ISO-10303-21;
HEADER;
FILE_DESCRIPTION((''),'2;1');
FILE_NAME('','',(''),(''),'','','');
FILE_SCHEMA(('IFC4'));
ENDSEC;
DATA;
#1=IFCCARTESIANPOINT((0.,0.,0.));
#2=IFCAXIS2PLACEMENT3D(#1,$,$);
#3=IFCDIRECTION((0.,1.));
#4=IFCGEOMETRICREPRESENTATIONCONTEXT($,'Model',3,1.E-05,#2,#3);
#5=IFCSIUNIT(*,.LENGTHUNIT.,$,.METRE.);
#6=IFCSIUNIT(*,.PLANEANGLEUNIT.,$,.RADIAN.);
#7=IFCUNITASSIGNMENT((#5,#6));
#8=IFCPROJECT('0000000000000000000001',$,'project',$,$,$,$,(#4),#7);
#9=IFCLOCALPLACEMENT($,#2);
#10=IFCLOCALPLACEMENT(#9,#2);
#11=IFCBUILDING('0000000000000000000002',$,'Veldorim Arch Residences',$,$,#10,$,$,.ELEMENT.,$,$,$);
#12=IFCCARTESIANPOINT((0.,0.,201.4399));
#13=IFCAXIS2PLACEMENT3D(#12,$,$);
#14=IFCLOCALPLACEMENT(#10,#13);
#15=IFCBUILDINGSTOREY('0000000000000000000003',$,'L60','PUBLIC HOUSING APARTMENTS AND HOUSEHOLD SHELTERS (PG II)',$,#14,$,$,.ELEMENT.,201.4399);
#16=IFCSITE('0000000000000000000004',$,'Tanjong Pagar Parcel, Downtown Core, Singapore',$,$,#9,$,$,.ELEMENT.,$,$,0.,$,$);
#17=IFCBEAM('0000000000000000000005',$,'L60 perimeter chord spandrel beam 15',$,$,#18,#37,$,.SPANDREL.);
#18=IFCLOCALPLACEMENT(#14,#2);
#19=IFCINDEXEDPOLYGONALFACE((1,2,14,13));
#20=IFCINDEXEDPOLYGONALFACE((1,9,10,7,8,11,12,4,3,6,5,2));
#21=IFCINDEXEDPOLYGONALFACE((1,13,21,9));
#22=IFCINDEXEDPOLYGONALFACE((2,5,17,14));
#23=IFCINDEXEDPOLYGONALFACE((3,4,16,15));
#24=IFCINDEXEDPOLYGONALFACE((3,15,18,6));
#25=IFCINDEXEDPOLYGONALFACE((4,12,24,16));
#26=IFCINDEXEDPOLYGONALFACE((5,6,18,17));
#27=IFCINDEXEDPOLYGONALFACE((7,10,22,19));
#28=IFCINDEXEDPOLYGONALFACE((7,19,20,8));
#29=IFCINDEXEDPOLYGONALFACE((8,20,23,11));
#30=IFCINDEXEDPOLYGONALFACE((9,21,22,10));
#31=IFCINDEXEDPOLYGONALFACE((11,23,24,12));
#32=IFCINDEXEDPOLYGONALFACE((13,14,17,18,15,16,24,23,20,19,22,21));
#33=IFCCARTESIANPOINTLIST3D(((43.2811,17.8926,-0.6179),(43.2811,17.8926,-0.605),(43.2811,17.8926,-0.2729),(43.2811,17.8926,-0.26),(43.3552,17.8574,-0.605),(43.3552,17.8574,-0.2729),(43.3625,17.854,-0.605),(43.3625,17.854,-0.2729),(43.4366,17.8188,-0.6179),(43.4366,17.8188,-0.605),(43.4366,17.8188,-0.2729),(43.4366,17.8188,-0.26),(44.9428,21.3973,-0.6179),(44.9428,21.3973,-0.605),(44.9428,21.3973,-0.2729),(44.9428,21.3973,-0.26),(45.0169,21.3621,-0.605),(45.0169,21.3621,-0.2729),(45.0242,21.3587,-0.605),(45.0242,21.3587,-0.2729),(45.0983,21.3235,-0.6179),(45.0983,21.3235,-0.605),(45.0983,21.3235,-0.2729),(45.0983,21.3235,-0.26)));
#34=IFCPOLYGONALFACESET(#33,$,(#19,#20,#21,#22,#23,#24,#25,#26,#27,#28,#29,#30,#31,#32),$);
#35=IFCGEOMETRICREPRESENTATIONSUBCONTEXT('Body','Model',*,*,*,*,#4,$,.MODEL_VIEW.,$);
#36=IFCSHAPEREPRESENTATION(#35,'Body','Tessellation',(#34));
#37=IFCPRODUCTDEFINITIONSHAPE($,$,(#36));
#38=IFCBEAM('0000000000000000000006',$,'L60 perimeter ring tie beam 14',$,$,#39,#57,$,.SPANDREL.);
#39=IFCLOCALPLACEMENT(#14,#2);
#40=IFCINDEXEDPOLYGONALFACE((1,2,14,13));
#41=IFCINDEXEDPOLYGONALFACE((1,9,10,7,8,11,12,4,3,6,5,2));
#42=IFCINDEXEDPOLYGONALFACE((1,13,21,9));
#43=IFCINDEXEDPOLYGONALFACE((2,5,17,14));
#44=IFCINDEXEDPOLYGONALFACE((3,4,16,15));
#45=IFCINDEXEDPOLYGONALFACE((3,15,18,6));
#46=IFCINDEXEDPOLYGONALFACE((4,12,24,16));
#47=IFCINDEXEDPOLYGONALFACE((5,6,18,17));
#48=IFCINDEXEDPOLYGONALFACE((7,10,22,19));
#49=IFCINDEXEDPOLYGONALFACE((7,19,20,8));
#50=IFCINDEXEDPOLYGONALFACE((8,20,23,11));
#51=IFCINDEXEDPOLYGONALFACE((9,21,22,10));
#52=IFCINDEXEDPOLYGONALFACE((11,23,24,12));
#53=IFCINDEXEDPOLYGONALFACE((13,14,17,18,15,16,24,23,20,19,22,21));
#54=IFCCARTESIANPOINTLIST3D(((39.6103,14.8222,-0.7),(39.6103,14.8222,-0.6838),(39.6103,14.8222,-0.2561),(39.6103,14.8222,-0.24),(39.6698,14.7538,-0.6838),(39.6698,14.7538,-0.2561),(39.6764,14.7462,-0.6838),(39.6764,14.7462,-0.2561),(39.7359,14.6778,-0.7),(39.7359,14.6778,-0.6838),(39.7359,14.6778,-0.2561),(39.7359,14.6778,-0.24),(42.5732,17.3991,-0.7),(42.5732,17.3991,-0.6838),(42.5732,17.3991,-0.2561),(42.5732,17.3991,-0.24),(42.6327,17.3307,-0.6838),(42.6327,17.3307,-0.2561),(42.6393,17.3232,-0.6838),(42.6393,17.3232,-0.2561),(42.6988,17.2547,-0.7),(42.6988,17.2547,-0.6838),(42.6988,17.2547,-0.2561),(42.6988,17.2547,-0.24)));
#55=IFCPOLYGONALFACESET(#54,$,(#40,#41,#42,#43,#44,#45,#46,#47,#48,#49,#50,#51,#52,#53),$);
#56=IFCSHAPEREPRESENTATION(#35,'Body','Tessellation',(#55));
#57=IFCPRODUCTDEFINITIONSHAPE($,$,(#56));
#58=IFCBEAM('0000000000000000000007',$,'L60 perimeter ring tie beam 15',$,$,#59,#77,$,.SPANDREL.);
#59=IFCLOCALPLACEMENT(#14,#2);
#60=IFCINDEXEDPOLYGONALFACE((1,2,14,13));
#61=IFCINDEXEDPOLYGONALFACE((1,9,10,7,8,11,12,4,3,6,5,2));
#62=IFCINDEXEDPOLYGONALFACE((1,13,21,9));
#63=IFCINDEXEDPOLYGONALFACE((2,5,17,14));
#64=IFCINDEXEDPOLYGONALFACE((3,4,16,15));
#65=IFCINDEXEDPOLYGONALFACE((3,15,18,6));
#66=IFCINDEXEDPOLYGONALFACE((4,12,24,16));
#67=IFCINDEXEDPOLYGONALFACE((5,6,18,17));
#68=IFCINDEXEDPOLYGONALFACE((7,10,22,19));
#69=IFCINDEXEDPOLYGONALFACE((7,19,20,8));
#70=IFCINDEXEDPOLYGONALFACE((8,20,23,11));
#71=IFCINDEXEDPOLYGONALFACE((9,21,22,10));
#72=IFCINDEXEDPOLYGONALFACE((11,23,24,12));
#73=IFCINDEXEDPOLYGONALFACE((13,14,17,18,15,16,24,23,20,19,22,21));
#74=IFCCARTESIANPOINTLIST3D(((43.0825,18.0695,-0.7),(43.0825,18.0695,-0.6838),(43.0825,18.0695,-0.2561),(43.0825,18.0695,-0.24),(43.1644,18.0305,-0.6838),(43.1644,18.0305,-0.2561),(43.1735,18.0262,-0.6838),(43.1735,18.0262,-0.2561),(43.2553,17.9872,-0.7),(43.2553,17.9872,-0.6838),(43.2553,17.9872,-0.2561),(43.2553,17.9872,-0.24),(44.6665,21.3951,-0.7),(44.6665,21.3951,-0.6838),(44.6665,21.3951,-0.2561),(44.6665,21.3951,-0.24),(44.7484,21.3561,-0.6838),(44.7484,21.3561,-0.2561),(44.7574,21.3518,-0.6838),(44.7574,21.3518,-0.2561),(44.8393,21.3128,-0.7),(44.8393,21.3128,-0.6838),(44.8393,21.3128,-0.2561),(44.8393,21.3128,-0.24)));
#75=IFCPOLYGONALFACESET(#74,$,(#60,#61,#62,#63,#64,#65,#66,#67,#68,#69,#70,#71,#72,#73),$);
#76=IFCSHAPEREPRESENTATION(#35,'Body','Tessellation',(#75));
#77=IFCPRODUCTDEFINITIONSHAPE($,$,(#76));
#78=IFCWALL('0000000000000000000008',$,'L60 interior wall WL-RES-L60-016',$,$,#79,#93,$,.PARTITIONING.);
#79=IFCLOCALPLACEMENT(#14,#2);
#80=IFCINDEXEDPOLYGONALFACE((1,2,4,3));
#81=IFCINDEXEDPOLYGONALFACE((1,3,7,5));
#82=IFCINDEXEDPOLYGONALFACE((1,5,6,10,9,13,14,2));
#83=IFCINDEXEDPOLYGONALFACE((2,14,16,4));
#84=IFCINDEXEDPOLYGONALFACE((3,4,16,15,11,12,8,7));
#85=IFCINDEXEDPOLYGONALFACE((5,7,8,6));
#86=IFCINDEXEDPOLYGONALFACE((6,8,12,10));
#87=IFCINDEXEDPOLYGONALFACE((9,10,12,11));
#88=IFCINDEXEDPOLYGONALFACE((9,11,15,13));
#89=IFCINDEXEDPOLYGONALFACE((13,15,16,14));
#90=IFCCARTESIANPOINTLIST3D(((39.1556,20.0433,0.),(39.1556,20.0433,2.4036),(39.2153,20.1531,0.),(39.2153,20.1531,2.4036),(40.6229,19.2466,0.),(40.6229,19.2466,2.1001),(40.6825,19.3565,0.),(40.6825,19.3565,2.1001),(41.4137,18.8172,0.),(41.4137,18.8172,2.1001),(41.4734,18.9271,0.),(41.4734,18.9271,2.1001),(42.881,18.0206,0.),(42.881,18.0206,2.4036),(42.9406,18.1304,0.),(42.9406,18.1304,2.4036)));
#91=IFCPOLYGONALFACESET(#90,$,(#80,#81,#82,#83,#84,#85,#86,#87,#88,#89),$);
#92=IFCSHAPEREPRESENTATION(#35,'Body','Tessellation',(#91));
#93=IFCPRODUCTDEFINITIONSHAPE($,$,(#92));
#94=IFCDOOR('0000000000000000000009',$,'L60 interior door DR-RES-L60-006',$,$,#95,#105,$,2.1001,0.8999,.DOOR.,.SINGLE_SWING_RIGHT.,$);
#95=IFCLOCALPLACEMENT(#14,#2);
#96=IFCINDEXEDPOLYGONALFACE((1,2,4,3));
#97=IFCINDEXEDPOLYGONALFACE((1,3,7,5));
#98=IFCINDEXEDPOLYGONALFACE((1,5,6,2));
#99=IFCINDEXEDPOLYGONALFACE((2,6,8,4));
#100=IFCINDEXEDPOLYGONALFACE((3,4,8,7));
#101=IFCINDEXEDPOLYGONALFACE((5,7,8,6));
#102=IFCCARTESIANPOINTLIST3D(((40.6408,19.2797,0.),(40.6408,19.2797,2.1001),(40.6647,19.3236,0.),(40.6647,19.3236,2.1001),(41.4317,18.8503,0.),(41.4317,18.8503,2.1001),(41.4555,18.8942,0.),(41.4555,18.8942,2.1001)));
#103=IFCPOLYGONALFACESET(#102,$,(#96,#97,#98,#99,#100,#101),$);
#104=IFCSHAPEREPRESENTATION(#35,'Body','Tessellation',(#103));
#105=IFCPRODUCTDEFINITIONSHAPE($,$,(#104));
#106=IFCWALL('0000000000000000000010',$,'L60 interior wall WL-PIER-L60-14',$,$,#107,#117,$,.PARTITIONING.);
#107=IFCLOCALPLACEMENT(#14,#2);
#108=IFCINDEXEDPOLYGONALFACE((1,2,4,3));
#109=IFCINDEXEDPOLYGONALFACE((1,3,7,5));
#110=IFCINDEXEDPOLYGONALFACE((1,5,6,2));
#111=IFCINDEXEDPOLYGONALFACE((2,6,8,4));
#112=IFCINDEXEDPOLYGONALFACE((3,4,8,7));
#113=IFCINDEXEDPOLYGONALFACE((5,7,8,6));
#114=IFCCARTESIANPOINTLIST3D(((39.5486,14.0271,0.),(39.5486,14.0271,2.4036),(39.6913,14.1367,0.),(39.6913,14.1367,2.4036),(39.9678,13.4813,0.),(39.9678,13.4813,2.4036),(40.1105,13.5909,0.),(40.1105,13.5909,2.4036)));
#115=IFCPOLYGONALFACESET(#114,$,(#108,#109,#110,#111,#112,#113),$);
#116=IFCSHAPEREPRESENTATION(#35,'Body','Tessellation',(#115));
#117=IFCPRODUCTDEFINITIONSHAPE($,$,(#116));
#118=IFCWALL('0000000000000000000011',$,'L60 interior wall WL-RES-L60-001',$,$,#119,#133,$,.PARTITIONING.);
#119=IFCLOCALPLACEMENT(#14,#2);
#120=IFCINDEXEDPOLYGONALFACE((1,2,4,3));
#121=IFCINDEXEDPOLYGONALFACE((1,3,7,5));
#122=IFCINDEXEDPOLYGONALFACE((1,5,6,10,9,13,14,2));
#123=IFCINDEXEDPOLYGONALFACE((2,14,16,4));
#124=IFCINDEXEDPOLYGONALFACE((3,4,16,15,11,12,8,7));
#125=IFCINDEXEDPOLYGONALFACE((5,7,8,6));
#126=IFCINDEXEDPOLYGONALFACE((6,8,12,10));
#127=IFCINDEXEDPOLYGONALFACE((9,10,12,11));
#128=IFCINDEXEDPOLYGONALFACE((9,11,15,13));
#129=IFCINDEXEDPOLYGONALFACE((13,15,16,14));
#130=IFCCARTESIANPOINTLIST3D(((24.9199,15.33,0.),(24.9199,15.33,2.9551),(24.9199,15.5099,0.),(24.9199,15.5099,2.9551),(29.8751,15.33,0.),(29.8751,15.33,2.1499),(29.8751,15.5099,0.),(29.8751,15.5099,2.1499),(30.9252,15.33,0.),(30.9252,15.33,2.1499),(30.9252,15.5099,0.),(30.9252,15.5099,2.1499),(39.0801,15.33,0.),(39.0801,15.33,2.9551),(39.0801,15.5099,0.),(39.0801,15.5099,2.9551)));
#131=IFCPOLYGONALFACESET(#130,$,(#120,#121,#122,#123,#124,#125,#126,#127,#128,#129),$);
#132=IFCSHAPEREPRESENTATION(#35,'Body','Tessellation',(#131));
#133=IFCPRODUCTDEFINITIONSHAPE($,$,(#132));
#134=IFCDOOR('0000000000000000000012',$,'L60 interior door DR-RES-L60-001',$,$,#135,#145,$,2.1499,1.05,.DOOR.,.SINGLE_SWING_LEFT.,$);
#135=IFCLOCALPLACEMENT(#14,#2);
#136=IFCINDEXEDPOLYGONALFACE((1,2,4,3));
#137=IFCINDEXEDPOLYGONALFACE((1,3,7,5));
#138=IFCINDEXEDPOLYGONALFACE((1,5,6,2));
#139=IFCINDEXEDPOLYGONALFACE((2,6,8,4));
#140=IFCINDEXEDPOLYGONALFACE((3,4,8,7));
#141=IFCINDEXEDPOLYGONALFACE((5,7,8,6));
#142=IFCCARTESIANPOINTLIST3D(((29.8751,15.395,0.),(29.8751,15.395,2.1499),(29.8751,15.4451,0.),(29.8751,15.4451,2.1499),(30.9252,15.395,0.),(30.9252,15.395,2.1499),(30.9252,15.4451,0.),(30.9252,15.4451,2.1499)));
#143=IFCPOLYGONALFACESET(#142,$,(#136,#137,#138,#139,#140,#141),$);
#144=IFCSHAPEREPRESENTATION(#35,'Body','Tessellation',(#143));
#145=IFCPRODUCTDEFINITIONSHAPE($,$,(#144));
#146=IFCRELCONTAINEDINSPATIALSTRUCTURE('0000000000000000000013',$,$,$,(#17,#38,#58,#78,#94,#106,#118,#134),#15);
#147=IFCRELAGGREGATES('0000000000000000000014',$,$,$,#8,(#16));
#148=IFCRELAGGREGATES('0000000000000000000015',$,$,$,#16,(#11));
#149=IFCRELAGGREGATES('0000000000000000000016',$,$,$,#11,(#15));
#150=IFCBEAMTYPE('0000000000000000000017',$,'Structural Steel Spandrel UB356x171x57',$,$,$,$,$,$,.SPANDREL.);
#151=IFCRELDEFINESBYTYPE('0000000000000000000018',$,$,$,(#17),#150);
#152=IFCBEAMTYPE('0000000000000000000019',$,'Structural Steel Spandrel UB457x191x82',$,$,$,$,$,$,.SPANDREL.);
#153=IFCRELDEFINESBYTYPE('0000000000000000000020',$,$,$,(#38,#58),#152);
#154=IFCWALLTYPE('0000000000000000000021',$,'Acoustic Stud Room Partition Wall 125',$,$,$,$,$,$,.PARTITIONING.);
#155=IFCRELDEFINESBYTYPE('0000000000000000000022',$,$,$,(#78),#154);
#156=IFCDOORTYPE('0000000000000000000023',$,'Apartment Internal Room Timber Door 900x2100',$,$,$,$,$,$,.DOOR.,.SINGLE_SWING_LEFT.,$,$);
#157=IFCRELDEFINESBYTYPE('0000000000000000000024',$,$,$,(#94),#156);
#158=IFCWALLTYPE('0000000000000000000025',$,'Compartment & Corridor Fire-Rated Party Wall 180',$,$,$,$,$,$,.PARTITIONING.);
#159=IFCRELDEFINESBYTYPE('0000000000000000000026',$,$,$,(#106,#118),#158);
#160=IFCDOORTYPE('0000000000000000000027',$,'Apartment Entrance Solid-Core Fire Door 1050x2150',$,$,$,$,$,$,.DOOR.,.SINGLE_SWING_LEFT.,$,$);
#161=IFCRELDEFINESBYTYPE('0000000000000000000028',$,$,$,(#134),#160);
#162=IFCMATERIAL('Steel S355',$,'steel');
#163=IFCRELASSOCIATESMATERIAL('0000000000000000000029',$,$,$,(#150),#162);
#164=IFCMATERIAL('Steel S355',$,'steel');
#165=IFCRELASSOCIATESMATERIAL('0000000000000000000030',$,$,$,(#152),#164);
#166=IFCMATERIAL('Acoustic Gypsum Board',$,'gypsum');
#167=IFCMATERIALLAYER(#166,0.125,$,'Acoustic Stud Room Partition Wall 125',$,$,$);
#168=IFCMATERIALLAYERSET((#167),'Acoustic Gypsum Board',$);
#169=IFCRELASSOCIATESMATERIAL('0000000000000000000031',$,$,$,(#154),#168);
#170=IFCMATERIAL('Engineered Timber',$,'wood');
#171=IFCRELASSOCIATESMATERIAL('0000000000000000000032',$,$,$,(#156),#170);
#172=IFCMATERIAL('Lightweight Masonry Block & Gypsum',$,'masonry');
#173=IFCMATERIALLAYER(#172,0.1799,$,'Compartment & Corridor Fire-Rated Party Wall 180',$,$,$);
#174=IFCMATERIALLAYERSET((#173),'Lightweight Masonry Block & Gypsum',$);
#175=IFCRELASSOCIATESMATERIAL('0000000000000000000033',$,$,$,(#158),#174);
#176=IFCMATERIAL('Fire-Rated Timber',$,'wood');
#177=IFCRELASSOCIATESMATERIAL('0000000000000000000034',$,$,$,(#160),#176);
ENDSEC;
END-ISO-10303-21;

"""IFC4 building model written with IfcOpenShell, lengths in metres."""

from ifc_helpers import new_model, si_unit, direction, frame, frame_2d, origin, origin_2d, place, context, subcontext, project, spatial, rectangle, i_section, extrude, material, layer, layer_set, material_profile, profile_set, type_object, element, fill, save


model = new_model("IFC4")

# Units and contexts
model_context = context("Model", 3, precision=1e-05, world=origin(), true_north=direction((0.0, 1.0)))
body_context = subcontext(model_context, "Body", "Model", "MODEL_VIEW")
ifc_project = project(units=[si_unit("LENGTHUNIT", "METRE"), si_unit("PLANEANGLEUNIT", "RADIAN")], contexts=[model_context])

# Site, building, storey
site_placement = place(None, origin())
site = spatial("IfcSite", under=ifc_project, at=site_placement, Name="Tanjong Pagar Parcel, Downtown Core, Singapore", CompositionType="ELEMENT", RefElevation=0.0)
building_placement = place(site_placement, origin())
building = spatial("IfcBuilding", under=site, at=building_placement, Name="Veldorim Arch Residences", CompositionType="ELEMENT")
storey_placement = place(building_placement, frame((0.0, 0.0, 201.4399)))
storey = spatial("IfcBuildingStorey", under=building, at=storey_placement, Name="L60", Description="PUBLIC HOUSING APARTMENTS AND HOUSEHOLD SHELTERS (PG II)", CompositionType="ELEMENT", Elevation=201.4399)

# Beams
ifc_material_1 = material(Name="Steel S355", Category="steel")
ifc_material_profile_1 = material_profile(ifc_material_1, i_section(OverallWidth=0.1721, OverallDepth=0.3579, WebThickness=0.0081, FlangeThickness=0.0129, at=origin_2d()), Name="UB356x171x57")
ifc_profile_set_1 = profile_set([ifc_material_profile_1], Name="Steel S355")
beam_type_1 = type_object("IfcBeamType", Name="Structural Steel Spandrel UB356x171x57", PredefinedType="SPANDREL", material=ifc_profile_set_1)
beam_1_placement = place(storey_placement, frame((43.3589, 17.8557, -0.439), z_axis=(0.428408, 0.903585, 0.0), x_axis=(-0.903585, 0.428408, 0.0)))
element("IfcBeam", 1, at=beam_1_placement, inside=storey, type_object=beam_type_1, Name="L60 perimeter chord spandrel beam 15", PredefinedType="SPANDREL", context=body_context, shape_type="SweptSolid", body=[
    extrude(i_section(OverallWidth=0.1721, OverallDepth=0.3579, WebThickness=0.0081, FlangeThickness=0.0129, at=origin_2d()), origin(), (0.0, 0.0, 1.0), 3.8787),
])
ifc_material_2 = material(Name="Steel S355", Category="steel")
ifc_material_profile_2 = material_profile(ifc_material_2, i_section(OverallWidth=0.1914, OverallDepth=0.46, WebThickness=0.01, FlangeThickness=0.0161, at=origin_2d()), Name="UB457x191x82")
ifc_profile_set_2 = profile_set([ifc_material_profile_2], Name="Steel S355")
beam_type_2 = type_object("IfcBeamType", Name="Structural Steel Spandrel UB457x191x82", PredefinedType="SPANDREL", material=ifc_profile_set_2)
beam_2_placement = place(storey_placement, frame((39.6731, 14.75, -0.47), z_axis=(0.754545, 0.656248, 0.0), x_axis=(-0.656248, 0.754545, 0.0)))
element("IfcBeam", 2, at=beam_2_placement, inside=storey, type_object=beam_type_2, Name="L60 perimeter ring tie beam 14", PredefinedType="SPANDREL", context=body_context, shape_type="SweptSolid", body=[
    extrude(i_section(OverallWidth=0.1914, OverallDepth=0.46, WebThickness=0.01, FlangeThickness=0.0161, at=origin_2d()), origin(), (0.0, 0.0, 1.0), 3.9268),
])
beam_3_placement = place(storey_placement, frame((43.1689, 18.0283, -0.47), z_axis=(0.430006, 0.902826, 0.0), x_axis=(-0.902826, 0.430006, 0.0)))
element("IfcBeam", 3, at=beam_3_placement, inside=storey, type_object=beam_type_2, Name="L60 perimeter ring tie beam 15", PredefinedType="SPANDREL", context=body_context, shape_type="SweptSolid", body=[
    extrude(i_section(OverallWidth=0.1914, OverallDepth=0.46, WebThickness=0.01, FlangeThickness=0.0161, at=origin_2d()), origin(), (0.0, 0.0, 1.0), 3.6836),
])

# Wall, opening, door
ifc_material_3 = material(Name="Acoustic Gypsum Board", Category="gypsum")
ifc_layer_1 = layer(ifc_material_3, 0.125, Name="Acoustic Stud Room Partition Wall 125")
ifc_layer_set_1 = layer_set([ifc_layer_1], Name="Acoustic Gypsum Board")
wall_type_1 = type_object("IfcWallType", Name="Acoustic Stud Room Partition Wall 125", PredefinedType="PARTITIONING", material=ifc_layer_set_1)
wall_1_placement = place(storey_placement, frame((42.9109, 18.0754, 0.0), z_axis=(0.0, 0.0, 1.0), x_axis=(-0.878816, 0.47716, 0.0)))
wall_1 = element("IfcWall", 4, at=wall_1_placement, inside=storey, type_object=wall_type_1, Name="L60 interior wall WL-RES-L60-016", PredefinedType="PARTITIONING", context=body_context, shape_type="SweptSolid", body=[
    extrude(rectangle(XDim=4.239, YDim=0.125, at=frame_2d((2.1196, 0.0))), origin(), (0.0, 0.0, 1.0), 2.4036),
])
opening_1_placement = place(wall_1_placement, frame((1.6697, 0.0, 0.0)))
opening_1 = element("IfcOpeningElement", 5, at=opening_1_placement, cuts=wall_1, PredefinedType="OPENING", context=body_context, shape_type="SweptSolid", body=[
    extrude(rectangle(XDim=0.8999, YDim=2.1001, at=frame_2d((0.45, 1.05))), frame((0.0, 0.0725, 0.0), z_axis=(0.0, -1.0, 0.0), x_axis=(1.0, 0.0, 0.0)), (0.0, 0.0, 1.0), 0.145),
])
ifc_material_4 = material(Name="Engineered Timber", Category="wood")
door_type_1 = type_object("IfcDoorType", Name="Apartment Internal Room Timber Door 900x2100", OperationType="SINGLE_SWING_LEFT", PredefinedType="DOOR", material=ifc_material_4)
door_1_placement = place(opening_1_placement, origin())
door_1 = element("IfcDoor", 6, at=door_1_placement, inside=storey, type_object=door_type_1, Name="L60 interior door DR-RES-L60-006", OperationType="SINGLE_SWING_RIGHT", OverallHeight=2.1001, OverallWidth=0.8999, PredefinedType="DOOR", context=body_context, shape_type="SweptSolid", body=[
    extrude(rectangle(XDim=0.8999, YDim=2.1001, at=frame_2d((0.45, 1.05))), frame((0.0, 0.0249, 0.0), z_axis=(0.0, -1.0, 0.0), x_axis=(1.0, 0.0, 0.0)), (0.0, 0.0, 1.0), 0.05),
])
fill(opening_1, door_1)

# Wall
ifc_material_5 = material(Name="Lightweight Masonry Block & Gypsum", Category="masonry")
ifc_layer_2 = layer(ifc_material_5, 0.1799, Name="Compartment & Corridor Fire-Rated Party Wall 180")
ifc_layer_set_2 = layer_set([ifc_layer_2], Name="Lightweight Masonry Block & Gypsum")
wall_type_2 = type_object("IfcWallType", Name="Compartment & Corridor Fire-Rated Party Wall 180", PredefinedType="PARTITIONING", material=ifc_layer_set_2)
wall_2_placement = place(storey_placement, frame((39.6199, 14.082, 0.0), z_axis=(0.0, 0.0, 1.0), x_axis=(0.609042, -0.793138, 0.0)))
element("IfcWall", 7, at=wall_2_placement, inside=storey, type_object=wall_type_2, Name="L60 interior wall WL-PIER-L60-14", PredefinedType="PARTITIONING", context=body_context, shape_type="SweptSolid", body=[
    extrude(rectangle(XDim=0.6882, YDim=0.1799, at=frame_2d((0.3442, 0.0))), origin(), (0.0, 0.0, 1.0), 2.4036),
])

# Wall, opening, door
wall_3_placement = place(storey_placement, frame((39.0801, 15.4199, 0.0), z_axis=(0.0, 0.0, 1.0), x_axis=(-1.0, 0.0, 0.0)))
wall_3 = element("IfcWall", 8, at=wall_3_placement, inside=storey, type_object=wall_type_2, Name="L60 interior wall WL-RES-L60-001", PredefinedType="PARTITIONING", context=body_context, shape_type="SweptSolid", body=[
    extrude(rectangle(XDim=14.1602, YDim=0.1799, at=frame_2d((7.0801, 0.0))), origin(), (0.0, 0.0, 1.0), 2.9551),
])
opening_2_placement = place(wall_3_placement, frame((8.155, 0.0, 0.0)))
opening_2 = element("IfcOpeningElement", 9, at=opening_2_placement, cuts=wall_3, PredefinedType="OPENING", context=body_context, shape_type="SweptSolid", body=[
    extrude(rectangle(XDim=1.05, YDim=2.1499, at=frame_2d((0.5249, 1.075))), frame((0.0, 0.0999, 0.0), z_axis=(0.0, -1.0, 0.0), x_axis=(1.0, 0.0, 0.0)), (0.0, 0.0, 1.0), 0.2),
])
ifc_material_6 = material(Name="Fire-Rated Timber", Category="wood")
door_type_2 = type_object("IfcDoorType", Name="Apartment Entrance Solid-Core Fire Door 1050x2150", OperationType="SINGLE_SWING_LEFT", PredefinedType="DOOR", material=ifc_material_6)
door_2_placement = place(opening_2_placement, origin())
door_2 = element("IfcDoor", 10, at=door_2_placement, inside=storey, type_object=door_type_2, Name="L60 interior door DR-RES-L60-001", OperationType="SINGLE_SWING_LEFT", OverallHeight=2.1499, OverallWidth=1.05, PredefinedType="DOOR", context=body_context, shape_type="SweptSolid", body=[
    extrude(rectangle(XDim=1.05, YDim=2.1499, at=frame_2d((0.5249, 1.075))), frame((0.0, 0.0249, 0.0), z_axis=(0.0, -1.0, 0.0), x_axis=(1.0, 0.0, 0.0)), (0.0, 0.0, 1.0), 0.05),
])
fill(opening_2, door_2)

save(model, "model.ifc")
